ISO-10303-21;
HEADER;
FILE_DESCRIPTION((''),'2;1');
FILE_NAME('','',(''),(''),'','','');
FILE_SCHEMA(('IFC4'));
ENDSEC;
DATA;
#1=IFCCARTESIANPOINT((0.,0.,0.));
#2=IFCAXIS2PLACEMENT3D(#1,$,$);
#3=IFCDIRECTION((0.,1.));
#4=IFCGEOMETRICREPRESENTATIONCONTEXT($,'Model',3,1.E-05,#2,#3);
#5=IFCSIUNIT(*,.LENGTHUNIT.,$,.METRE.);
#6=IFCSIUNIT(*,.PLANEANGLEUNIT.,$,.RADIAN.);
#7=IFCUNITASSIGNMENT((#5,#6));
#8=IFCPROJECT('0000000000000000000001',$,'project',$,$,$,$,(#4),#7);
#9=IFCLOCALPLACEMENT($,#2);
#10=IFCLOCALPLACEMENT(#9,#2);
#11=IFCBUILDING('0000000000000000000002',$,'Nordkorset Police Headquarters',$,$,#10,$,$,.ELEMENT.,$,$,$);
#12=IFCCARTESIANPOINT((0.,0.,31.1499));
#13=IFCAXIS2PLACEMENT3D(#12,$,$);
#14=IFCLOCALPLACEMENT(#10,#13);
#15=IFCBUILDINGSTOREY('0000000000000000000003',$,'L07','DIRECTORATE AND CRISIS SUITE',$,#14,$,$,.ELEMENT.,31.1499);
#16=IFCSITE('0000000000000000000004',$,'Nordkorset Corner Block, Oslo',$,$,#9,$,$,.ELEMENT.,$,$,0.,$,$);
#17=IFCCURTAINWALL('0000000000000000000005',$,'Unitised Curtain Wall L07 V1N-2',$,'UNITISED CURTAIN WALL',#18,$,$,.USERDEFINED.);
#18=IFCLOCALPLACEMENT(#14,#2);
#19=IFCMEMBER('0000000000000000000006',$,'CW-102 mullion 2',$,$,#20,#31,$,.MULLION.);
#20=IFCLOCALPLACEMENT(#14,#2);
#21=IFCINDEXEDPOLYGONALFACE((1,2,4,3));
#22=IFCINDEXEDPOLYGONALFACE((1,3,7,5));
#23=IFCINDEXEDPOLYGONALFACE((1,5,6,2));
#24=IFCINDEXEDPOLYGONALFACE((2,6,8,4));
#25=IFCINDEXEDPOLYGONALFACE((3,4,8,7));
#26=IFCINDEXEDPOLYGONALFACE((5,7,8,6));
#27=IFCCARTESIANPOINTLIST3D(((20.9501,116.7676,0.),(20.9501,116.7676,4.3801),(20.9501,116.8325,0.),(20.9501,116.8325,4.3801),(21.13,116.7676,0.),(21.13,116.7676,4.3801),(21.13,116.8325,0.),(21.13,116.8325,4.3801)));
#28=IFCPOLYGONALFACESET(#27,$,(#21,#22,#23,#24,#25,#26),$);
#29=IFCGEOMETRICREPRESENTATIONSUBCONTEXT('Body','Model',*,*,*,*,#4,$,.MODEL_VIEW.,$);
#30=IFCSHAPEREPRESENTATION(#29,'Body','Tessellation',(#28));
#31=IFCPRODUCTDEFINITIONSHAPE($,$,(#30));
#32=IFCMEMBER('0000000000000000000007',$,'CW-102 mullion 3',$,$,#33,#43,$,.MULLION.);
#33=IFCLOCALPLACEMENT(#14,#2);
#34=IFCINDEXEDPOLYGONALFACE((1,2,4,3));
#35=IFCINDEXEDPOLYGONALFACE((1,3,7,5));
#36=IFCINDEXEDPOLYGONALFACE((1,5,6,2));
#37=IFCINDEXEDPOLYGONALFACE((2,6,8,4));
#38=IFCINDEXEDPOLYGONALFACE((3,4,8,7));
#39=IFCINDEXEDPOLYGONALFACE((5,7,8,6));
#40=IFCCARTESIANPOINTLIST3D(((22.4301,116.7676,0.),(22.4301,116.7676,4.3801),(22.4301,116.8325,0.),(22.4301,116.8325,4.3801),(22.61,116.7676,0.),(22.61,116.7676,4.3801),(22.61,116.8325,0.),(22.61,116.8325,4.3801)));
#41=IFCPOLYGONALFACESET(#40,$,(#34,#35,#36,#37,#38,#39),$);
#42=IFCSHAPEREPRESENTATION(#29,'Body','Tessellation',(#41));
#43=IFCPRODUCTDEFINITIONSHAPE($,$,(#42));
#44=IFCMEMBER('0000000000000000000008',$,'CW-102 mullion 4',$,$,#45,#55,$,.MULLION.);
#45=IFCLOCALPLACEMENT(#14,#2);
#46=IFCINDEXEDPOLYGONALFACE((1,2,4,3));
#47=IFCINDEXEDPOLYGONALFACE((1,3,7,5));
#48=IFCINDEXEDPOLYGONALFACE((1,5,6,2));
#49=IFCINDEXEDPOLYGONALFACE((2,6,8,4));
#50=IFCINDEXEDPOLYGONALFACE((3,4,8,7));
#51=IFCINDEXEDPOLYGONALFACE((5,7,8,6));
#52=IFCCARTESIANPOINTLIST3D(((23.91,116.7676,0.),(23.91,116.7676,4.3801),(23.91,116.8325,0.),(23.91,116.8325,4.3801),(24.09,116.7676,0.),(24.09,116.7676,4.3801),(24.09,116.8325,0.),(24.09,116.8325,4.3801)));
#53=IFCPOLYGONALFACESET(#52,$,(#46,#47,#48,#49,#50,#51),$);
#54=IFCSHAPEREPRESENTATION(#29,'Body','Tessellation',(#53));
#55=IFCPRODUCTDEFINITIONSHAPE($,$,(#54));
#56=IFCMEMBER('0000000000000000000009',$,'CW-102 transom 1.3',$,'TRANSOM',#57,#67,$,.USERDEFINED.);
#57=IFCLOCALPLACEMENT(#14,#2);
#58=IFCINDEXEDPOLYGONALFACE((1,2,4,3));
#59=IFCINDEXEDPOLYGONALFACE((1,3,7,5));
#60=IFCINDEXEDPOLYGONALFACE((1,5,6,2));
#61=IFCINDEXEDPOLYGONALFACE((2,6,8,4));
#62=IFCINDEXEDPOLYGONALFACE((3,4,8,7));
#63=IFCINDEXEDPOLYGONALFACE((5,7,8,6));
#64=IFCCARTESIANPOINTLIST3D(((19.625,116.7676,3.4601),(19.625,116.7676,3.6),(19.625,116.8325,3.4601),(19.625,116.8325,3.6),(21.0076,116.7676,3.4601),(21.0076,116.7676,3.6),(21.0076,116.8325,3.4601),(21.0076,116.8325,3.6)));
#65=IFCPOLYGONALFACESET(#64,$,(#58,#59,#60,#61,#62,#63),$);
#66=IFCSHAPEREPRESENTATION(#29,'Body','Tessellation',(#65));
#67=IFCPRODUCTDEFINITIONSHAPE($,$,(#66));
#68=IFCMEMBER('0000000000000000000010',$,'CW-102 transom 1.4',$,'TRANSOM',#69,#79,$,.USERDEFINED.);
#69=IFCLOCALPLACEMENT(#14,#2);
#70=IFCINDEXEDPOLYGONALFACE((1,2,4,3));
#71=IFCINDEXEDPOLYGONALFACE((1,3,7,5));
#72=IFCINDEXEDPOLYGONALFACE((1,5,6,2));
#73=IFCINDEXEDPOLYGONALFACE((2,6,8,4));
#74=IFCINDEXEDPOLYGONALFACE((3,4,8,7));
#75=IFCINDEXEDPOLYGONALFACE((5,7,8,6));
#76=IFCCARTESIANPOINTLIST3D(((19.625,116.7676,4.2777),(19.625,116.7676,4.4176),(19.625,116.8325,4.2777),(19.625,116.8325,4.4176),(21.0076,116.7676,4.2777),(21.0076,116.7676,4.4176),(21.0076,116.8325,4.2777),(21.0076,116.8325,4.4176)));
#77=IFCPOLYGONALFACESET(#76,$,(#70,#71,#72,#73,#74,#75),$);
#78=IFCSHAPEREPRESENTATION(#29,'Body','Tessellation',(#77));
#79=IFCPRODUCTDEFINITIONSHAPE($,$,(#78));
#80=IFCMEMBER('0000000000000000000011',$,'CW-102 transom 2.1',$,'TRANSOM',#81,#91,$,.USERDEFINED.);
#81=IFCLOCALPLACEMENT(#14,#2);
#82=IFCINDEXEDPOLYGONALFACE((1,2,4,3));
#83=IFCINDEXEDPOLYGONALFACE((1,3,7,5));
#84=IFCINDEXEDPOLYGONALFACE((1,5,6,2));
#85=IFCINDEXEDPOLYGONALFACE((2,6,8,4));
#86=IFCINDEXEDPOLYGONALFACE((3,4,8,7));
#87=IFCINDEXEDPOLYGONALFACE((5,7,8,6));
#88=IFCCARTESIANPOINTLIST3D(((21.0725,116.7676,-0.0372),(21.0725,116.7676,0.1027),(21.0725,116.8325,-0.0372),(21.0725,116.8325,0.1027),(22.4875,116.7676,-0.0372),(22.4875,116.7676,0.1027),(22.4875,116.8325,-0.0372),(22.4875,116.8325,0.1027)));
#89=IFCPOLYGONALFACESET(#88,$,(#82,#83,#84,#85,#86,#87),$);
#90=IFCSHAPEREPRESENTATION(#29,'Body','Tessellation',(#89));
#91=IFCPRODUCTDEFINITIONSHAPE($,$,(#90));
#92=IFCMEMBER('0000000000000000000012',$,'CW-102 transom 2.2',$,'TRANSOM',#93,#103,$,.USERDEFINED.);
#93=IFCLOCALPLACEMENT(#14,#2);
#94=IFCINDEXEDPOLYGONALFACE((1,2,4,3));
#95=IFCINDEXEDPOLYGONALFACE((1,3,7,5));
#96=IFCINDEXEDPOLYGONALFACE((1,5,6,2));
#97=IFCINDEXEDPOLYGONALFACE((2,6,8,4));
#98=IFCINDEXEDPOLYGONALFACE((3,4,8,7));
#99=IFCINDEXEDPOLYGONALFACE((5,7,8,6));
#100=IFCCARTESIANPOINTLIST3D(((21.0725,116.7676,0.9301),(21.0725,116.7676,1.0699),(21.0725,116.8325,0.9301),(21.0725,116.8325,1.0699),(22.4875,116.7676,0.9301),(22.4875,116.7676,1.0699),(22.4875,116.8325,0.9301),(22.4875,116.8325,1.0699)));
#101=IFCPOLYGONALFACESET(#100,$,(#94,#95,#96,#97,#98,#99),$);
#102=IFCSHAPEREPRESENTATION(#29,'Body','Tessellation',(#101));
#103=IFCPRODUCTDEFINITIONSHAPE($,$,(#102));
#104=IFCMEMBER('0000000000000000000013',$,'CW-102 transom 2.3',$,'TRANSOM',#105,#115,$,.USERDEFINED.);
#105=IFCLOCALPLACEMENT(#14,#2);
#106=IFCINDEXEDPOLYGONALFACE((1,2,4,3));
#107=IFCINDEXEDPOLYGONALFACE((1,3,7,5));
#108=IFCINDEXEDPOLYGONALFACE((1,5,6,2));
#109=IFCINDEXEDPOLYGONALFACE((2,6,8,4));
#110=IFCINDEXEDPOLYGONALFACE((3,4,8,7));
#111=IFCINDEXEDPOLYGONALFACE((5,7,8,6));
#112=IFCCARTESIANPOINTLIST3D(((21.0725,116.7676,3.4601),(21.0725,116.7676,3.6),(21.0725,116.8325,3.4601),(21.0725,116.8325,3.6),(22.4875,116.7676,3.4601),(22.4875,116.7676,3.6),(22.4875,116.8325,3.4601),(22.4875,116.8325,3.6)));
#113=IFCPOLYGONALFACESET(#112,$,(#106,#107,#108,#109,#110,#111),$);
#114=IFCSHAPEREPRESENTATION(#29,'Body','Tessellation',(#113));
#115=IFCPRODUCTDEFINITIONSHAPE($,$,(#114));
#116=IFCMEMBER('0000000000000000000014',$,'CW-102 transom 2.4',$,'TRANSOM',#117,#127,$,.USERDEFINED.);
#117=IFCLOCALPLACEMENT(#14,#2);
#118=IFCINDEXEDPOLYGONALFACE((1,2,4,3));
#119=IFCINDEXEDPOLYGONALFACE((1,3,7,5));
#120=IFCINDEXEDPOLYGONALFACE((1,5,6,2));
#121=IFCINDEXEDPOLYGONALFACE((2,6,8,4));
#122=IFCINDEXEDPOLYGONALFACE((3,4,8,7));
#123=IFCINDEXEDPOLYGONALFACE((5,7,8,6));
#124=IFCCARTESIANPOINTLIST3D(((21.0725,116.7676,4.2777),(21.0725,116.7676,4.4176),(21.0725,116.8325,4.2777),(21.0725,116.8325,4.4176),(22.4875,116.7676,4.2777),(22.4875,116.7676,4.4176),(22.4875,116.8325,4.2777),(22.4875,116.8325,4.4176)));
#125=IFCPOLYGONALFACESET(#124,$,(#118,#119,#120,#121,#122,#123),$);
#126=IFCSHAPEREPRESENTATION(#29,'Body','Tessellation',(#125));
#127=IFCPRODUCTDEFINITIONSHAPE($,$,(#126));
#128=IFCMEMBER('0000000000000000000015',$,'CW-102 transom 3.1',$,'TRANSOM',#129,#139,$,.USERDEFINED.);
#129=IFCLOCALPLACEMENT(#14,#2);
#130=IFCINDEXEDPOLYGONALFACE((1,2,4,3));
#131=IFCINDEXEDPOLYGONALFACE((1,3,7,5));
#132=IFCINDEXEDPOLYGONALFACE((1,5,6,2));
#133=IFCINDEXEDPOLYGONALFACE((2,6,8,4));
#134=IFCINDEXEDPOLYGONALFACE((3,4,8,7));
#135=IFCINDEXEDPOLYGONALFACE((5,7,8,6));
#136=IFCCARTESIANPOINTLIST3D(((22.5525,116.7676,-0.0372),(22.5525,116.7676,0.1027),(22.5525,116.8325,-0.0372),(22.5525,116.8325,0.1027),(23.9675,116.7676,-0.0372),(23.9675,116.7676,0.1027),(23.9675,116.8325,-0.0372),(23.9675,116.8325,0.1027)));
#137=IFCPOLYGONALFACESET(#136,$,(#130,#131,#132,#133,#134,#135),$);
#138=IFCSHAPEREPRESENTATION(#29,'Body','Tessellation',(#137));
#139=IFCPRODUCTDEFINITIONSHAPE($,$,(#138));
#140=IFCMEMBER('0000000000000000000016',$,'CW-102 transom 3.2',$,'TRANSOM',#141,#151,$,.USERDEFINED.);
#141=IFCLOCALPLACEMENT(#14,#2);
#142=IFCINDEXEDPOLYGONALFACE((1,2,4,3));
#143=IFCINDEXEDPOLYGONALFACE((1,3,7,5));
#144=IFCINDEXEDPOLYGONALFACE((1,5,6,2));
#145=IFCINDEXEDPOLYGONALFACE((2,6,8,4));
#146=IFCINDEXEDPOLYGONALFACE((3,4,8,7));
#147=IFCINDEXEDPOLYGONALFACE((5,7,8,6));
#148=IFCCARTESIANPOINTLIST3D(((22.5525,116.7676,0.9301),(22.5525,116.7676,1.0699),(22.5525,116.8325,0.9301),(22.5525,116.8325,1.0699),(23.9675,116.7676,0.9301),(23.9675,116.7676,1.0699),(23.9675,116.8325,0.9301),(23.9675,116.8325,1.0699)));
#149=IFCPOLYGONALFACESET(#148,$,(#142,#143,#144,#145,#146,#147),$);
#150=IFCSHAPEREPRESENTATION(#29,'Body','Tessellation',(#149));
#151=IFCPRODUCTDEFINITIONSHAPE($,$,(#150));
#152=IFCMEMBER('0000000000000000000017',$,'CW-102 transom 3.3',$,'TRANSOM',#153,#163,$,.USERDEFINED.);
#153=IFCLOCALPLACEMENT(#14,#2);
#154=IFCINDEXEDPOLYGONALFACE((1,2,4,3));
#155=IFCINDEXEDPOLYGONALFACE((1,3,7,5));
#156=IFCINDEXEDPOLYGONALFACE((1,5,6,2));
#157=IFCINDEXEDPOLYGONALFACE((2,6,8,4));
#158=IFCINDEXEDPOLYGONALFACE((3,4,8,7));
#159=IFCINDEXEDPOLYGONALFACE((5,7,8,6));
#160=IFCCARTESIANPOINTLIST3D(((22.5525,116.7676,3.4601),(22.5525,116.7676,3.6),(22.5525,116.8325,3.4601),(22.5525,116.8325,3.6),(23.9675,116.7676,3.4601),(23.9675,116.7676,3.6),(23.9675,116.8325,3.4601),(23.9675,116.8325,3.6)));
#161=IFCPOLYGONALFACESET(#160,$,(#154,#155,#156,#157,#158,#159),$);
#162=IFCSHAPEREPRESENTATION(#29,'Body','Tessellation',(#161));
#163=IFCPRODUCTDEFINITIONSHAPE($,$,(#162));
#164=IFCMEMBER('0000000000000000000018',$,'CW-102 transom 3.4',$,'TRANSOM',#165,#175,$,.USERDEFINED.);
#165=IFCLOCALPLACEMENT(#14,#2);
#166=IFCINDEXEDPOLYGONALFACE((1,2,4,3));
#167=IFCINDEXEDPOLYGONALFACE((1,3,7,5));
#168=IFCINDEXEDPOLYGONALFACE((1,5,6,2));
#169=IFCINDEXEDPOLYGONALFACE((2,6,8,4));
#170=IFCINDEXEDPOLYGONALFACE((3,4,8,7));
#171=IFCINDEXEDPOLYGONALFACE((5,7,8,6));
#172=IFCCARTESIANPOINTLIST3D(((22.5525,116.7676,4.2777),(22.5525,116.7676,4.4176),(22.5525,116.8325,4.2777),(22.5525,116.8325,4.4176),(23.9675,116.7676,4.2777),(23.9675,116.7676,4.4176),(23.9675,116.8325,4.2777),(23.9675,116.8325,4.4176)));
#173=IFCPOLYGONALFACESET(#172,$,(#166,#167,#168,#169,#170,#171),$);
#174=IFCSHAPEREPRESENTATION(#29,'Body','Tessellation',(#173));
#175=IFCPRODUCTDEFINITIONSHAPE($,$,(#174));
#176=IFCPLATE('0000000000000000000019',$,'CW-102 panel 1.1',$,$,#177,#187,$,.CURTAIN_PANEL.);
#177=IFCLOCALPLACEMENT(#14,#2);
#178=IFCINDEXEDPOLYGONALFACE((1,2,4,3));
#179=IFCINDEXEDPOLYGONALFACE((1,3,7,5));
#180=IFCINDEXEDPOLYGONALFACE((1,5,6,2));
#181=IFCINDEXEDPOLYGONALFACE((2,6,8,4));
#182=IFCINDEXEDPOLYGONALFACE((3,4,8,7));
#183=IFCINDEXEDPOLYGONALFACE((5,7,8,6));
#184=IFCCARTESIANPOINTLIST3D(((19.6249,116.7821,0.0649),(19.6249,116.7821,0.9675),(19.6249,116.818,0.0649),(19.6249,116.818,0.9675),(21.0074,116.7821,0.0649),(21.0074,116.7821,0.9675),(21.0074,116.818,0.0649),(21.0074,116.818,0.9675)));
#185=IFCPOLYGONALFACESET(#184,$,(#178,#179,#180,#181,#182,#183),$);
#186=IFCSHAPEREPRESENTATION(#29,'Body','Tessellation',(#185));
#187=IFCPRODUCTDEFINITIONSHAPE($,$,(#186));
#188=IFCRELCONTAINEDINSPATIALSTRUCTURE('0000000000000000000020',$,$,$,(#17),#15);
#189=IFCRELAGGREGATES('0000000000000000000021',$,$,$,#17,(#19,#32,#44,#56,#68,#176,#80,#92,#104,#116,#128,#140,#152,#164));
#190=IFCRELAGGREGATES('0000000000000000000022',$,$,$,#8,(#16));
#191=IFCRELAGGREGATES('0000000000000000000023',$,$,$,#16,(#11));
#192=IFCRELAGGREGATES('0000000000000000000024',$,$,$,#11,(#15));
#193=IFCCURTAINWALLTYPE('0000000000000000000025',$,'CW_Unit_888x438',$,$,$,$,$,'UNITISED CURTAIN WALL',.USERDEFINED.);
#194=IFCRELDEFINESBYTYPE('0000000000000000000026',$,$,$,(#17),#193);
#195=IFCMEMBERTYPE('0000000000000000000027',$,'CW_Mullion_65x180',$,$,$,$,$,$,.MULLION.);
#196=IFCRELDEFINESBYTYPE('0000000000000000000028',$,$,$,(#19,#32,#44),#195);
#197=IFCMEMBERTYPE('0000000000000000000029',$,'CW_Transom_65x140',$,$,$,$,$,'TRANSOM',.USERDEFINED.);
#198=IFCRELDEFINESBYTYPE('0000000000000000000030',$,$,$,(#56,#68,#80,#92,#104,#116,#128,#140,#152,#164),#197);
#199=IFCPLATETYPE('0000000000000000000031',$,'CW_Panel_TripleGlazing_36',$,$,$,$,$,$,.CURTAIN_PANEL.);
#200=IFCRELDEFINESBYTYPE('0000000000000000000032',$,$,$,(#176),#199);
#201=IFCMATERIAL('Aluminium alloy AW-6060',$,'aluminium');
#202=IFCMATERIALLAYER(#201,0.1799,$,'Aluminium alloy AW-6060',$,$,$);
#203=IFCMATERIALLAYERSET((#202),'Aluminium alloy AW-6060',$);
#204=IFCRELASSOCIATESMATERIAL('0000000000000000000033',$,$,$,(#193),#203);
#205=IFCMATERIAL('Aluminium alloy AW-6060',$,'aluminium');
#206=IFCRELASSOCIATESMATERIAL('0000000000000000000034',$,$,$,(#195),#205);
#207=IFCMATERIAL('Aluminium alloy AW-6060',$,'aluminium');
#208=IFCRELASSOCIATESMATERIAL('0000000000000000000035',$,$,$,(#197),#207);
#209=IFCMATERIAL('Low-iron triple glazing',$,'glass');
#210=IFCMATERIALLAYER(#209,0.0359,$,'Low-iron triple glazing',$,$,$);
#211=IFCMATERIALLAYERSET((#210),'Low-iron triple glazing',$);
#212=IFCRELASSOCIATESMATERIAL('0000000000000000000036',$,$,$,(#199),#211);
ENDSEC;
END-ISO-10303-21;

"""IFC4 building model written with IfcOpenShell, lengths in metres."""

from ifc_helpers import new_model, si_unit, direction, frame, origin, origin_2d, place, context, subcontext, project, spatial, rectangle, extrude, material, layer, layer_set, material_profile, profile_set, type_object, element, aggregate, save


model = new_model("IFC4")

# Units and contexts
model_context = context("Model", 3, precision=1e-05, world=origin(), true_north=direction((0.0, 1.0)))
body_context = subcontext(model_context, "Body", "Model", "MODEL_VIEW")
ifc_project = project(units=[si_unit("LENGTHUNIT", "METRE"), si_unit("PLANEANGLEUNIT", "RADIAN")], contexts=[model_context])

# Site, building, storey
site_placement = place(None, origin())
site = spatial("IfcSite", under=ifc_project, at=site_placement, Name="Nordkorset Corner Block, Oslo", CompositionType="ELEMENT", RefElevation=0.0)
building_placement = place(site_placement, origin())
building = spatial("IfcBuilding", under=site, at=building_placement, Name="Nordkorset Police Headquarters", CompositionType="ELEMENT")
storey_placement = place(building_placement, frame((0.0, 0.0, 31.1499)))
storey = spatial("IfcBuildingStorey", under=building, at=storey_placement, Name="L07", Description="DIRECTORATE AND CRISIS SUITE", CompositionType="ELEMENT", Elevation=31.1499)

# Curtain wall, members, plate
ifc_material_1 = material(Name="Aluminium alloy AW-6060", Category="aluminium")
ifc_layer_1 = layer(ifc_material_1, 0.1799, Name="Aluminium alloy AW-6060")
ifc_layer_set_1 = layer_set([ifc_layer_1], Name="Aluminium alloy AW-6060")
curtain_wall_type = type_object("IfcCurtainWallType", Name="CW_Unit_888x438", ElementType="UNITISED CURTAIN WALL", PredefinedType="USERDEFINED", material=ifc_layer_set_1)
curtain_wall_placement = place(storey_placement, origin())
curtain_wall = element("IfcCurtainWall", 1, at=curtain_wall_placement, inside=storey, type_object=curtain_wall_type, Name="Unitised Curtain Wall L07 V1N-2", ObjectType="UNITISED CURTAIN WALL", PredefinedType="USERDEFINED")
ifc_material_2 = material(Name="Aluminium alloy AW-6060", Category="aluminium")
ifc_material_profile_1 = material_profile(ifc_material_2, rectangle(XDim=0.0649, YDim=0.1799, at=origin_2d()), Name="ALU MULL 65x180")
ifc_profile_set_1 = profile_set([ifc_material_profile_1], Name="Aluminium alloy AW-6060")
member_type_1 = type_object("IfcMemberType", Name="CW_Mullion_65x180", PredefinedType="MULLION", material=ifc_profile_set_1)
member_1_placement = place(storey_placement, frame((21.04, 116.8, 0.0), z_axis=(0.0, 0.0, 1.0), x_axis=(0.0, 1.0, 0.0)))
member_1 = element("IfcMember", 2, at=member_1_placement, type_object=member_type_1, Name="CW-102 mullion 2", PredefinedType="MULLION", context=body_context, shape_type="SweptSolid", body=[
    extrude(rectangle(XDim=0.0649, YDim=0.1799, at=origin_2d()), origin(), (0.0, 0.0, 1.0), 4.3801),
])
member_2_placement = place(storey_placement, frame((22.52, 116.8, 0.0), z_axis=(0.0, 0.0, 1.0), x_axis=(0.0, 1.0, 0.0)))
member_2 = element("IfcMember", 3, at=member_2_placement, type_object=member_type_1, Name="CW-102 mullion 3", PredefinedType="MULLION", context=body_context, shape_type="SweptSolid", body=[
    extrude(rectangle(XDim=0.0649, YDim=0.1799, at=origin_2d()), origin(), (0.0, 0.0, 1.0), 4.3801),
])
member_3_placement = place(storey_placement, frame((24.0, 116.8, 0.0), z_axis=(0.0, 0.0, 1.0), x_axis=(0.0, 1.0, 0.0)))
member_3 = element("IfcMember", 4, at=member_3_placement, type_object=member_type_1, Name="CW-102 mullion 4", PredefinedType="MULLION", context=body_context, shape_type="SweptSolid", body=[
    extrude(rectangle(XDim=0.0649, YDim=0.1799, at=origin_2d()), origin(), (0.0, 0.0, 1.0), 4.3801),
])
ifc_material_3 = material(Name="Aluminium alloy AW-6060", Category="aluminium")
ifc_material_profile_2 = material_profile(ifc_material_3, rectangle(XDim=0.0649, YDim=0.1399, at=origin_2d()), Name="ALU TRAN 65x140")
ifc_profile_set_2 = profile_set([ifc_material_profile_2], Name="Aluminium alloy AW-6060")
member_type_2 = type_object("IfcMemberType", Name="CW_Transom_65x140", ElementType="TRANSOM", PredefinedType="USERDEFINED", material=ifc_profile_set_2)
member_4_placement = place(storey_placement, frame((19.625, 116.8, 3.53), z_axis=(1.0, 0.0, 0.0), x_axis=(0.0, 1.0, 0.0)))
member_4 = element("IfcMember", 5, at=member_4_placement, type_object=member_type_2, Name="CW-102 transom 1.3", ObjectType="TRANSOM", PredefinedType="USERDEFINED", context=body_context, shape_type="SweptSolid", body=[
    extrude(rectangle(XDim=0.0649, YDim=0.1399, at=origin_2d()), origin(), (0.0, 0.0, 1.0), 1.3826),
])
member_5_placement = place(storey_placement, frame((19.625, 116.8, 4.3477), z_axis=(1.0, 0.0, 0.0), x_axis=(0.0, 1.0, 0.0)))
member_5 = element("IfcMember", 6, at=member_5_placement, type_object=member_type_2, Name="CW-102 transom 1.4", ObjectType="TRANSOM", PredefinedType="USERDEFINED", context=body_context, shape_type="SweptSolid", body=[
    extrude(rectangle(XDim=0.0649, YDim=0.1399, at=origin_2d()), origin(), (0.0, 0.0, 1.0), 1.3826),
])
member_6_placement = place(storey_placement, frame((21.0725, 116.8, 0.0327), z_axis=(1.0, 0.0, 0.0), x_axis=(0.0, 1.0, 0.0)))
member_6 = element("IfcMember", 7, at=member_6_placement, type_object=member_type_2, Name="CW-102 transom 2.1", ObjectType="TRANSOM", PredefinedType="USERDEFINED", context=body_context, shape_type="SweptSolid", body=[
    extrude(rectangle(XDim=0.0649, YDim=0.1399, at=origin_2d()), origin(), (0.0, 0.0, 1.0), 1.415),
])
member_7_placement = place(storey_placement, frame((21.0725, 116.8, 1.0), z_axis=(1.0, 0.0, 0.0), x_axis=(0.0, 1.0, 0.0)))
member_7 = element("IfcMember", 8, at=member_7_placement, type_object=member_type_2, Name="CW-102 transom 2.2", ObjectType="TRANSOM", PredefinedType="USERDEFINED", context=body_context, shape_type="SweptSolid", body=[
    extrude(rectangle(XDim=0.0649, YDim=0.1399, at=origin_2d()), origin(), (0.0, 0.0, 1.0), 1.415),
])
member_8_placement = place(storey_placement, frame((21.0725, 116.8, 3.53), z_axis=(1.0, 0.0, 0.0), x_axis=(0.0, 1.0, 0.0)))
member_8 = element("IfcMember", 9, at=member_8_placement, type_object=member_type_2, Name="CW-102 transom 2.3", ObjectType="TRANSOM", PredefinedType="USERDEFINED", context=body_context, shape_type="SweptSolid", body=[
    extrude(rectangle(XDim=0.0649, YDim=0.1399, at=origin_2d()), origin(), (0.0, 0.0, 1.0), 1.415),
])
member_9_placement = place(storey_placement, frame((21.0725, 116.8, 4.3477), z_axis=(1.0, 0.0, 0.0), x_axis=(0.0, 1.0, 0.0)))
member_9 = element("IfcMember", 10, at=member_9_placement, type_object=member_type_2, Name="CW-102 transom 2.4", ObjectType="TRANSOM", PredefinedType="USERDEFINED", context=body_context, shape_type="SweptSolid", body=[
    extrude(rectangle(XDim=0.0649, YDim=0.1399, at=origin_2d()), origin(), (0.0, 0.0, 1.0), 1.415),
])
member_10_placement = place(storey_placement, frame((22.5525, 116.8, 0.0327), z_axis=(1.0, 0.0, 0.0), x_axis=(0.0, 1.0, 0.0)))
member_10 = element("IfcMember", 11, at=member_10_placement, type_object=member_type_2, Name="CW-102 transom 3.1", ObjectType="TRANSOM", PredefinedType="USERDEFINED", context=body_context, shape_type="SweptSolid", body=[
    extrude(rectangle(XDim=0.0649, YDim=0.1399, at=origin_2d()), origin(), (0.0, 0.0, 1.0), 1.415),
])
member_11_placement = place(storey_placement, frame((22.5525, 116.8, 1.0), z_axis=(1.0, 0.0, 0.0), x_axis=(0.0, 1.0, 0.0)))
member_11 = element("IfcMember", 12, at=member_11_placement, type_object=member_type_2, Name="CW-102 transom 3.2", ObjectType="TRANSOM", PredefinedType="USERDEFINED", context=body_context, shape_type="SweptSolid", body=[
    extrude(rectangle(XDim=0.0649, YDim=0.1399, at=origin_2d()), origin(), (0.0, 0.0, 1.0), 1.415),
])
member_12_placement = place(storey_placement, frame((22.5525, 116.8, 3.53), z_axis=(1.0, 0.0, 0.0), x_axis=(0.0, 1.0, 0.0)))
member_12 = element("IfcMember", 13, at=member_12_placement, type_object=member_type_2, Name="CW-102 transom 3.3", ObjectType="TRANSOM", PredefinedType="USERDEFINED", context=body_context, shape_type="SweptSolid", body=[
    extrude(rectangle(XDim=0.0649, YDim=0.1399, at=origin_2d()), origin(), (0.0, 0.0, 1.0), 1.415),
])
member_13_placement = place(storey_placement, frame((22.5525, 116.8, 4.3477), z_axis=(1.0, 0.0, 0.0), x_axis=(0.0, 1.0, 0.0)))
member_13 = element("IfcMember", 14, at=member_13_placement, type_object=member_type_2, Name="CW-102 transom 3.4", ObjectType="TRANSOM", PredefinedType="USERDEFINED", context=body_context, shape_type="SweptSolid", body=[
    extrude(rectangle(XDim=0.0649, YDim=0.1399, at=origin_2d()), origin(), (0.0, 0.0, 1.0), 1.415),
])
ifc_material_4 = material(Name="Low-iron triple glazing", Category="glass")
ifc_layer_2 = layer(ifc_material_4, 0.0359, Name="Low-iron triple glazing")
ifc_layer_set_2 = layer_set([ifc_layer_2], Name="Low-iron triple glazing")
plate_type = type_object("IfcPlateType", Name="CW_Panel_TripleGlazing_36", PredefinedType="CURTAIN_PANEL", material=ifc_layer_set_2)
plate_1_placement = place(storey_placement, frame((20.3162, 116.8, 0.0649), z_axis=(0.0, 0.0, 1.0), x_axis=(1.0, 0.0, 0.0)))
plate_1 = element("IfcPlate", 15, at=plate_1_placement, type_object=plate_type, Name="CW-102 panel 1.1", PredefinedType="CURTAIN_PANEL", context=body_context, shape_type="SweptSolid", body=[
    extrude(rectangle(XDim=1.3826, YDim=0.0359, at=origin_2d()), origin(), (0.0, 0.0, 1.0), 0.9026),
])
aggregate(curtain_wall, [member_1, member_2, member_3, member_4, member_5, plate_1, member_6, member_7, member_8, member_9, member_10, member_11, member_12, member_13])

save(model, "model.ifc")
